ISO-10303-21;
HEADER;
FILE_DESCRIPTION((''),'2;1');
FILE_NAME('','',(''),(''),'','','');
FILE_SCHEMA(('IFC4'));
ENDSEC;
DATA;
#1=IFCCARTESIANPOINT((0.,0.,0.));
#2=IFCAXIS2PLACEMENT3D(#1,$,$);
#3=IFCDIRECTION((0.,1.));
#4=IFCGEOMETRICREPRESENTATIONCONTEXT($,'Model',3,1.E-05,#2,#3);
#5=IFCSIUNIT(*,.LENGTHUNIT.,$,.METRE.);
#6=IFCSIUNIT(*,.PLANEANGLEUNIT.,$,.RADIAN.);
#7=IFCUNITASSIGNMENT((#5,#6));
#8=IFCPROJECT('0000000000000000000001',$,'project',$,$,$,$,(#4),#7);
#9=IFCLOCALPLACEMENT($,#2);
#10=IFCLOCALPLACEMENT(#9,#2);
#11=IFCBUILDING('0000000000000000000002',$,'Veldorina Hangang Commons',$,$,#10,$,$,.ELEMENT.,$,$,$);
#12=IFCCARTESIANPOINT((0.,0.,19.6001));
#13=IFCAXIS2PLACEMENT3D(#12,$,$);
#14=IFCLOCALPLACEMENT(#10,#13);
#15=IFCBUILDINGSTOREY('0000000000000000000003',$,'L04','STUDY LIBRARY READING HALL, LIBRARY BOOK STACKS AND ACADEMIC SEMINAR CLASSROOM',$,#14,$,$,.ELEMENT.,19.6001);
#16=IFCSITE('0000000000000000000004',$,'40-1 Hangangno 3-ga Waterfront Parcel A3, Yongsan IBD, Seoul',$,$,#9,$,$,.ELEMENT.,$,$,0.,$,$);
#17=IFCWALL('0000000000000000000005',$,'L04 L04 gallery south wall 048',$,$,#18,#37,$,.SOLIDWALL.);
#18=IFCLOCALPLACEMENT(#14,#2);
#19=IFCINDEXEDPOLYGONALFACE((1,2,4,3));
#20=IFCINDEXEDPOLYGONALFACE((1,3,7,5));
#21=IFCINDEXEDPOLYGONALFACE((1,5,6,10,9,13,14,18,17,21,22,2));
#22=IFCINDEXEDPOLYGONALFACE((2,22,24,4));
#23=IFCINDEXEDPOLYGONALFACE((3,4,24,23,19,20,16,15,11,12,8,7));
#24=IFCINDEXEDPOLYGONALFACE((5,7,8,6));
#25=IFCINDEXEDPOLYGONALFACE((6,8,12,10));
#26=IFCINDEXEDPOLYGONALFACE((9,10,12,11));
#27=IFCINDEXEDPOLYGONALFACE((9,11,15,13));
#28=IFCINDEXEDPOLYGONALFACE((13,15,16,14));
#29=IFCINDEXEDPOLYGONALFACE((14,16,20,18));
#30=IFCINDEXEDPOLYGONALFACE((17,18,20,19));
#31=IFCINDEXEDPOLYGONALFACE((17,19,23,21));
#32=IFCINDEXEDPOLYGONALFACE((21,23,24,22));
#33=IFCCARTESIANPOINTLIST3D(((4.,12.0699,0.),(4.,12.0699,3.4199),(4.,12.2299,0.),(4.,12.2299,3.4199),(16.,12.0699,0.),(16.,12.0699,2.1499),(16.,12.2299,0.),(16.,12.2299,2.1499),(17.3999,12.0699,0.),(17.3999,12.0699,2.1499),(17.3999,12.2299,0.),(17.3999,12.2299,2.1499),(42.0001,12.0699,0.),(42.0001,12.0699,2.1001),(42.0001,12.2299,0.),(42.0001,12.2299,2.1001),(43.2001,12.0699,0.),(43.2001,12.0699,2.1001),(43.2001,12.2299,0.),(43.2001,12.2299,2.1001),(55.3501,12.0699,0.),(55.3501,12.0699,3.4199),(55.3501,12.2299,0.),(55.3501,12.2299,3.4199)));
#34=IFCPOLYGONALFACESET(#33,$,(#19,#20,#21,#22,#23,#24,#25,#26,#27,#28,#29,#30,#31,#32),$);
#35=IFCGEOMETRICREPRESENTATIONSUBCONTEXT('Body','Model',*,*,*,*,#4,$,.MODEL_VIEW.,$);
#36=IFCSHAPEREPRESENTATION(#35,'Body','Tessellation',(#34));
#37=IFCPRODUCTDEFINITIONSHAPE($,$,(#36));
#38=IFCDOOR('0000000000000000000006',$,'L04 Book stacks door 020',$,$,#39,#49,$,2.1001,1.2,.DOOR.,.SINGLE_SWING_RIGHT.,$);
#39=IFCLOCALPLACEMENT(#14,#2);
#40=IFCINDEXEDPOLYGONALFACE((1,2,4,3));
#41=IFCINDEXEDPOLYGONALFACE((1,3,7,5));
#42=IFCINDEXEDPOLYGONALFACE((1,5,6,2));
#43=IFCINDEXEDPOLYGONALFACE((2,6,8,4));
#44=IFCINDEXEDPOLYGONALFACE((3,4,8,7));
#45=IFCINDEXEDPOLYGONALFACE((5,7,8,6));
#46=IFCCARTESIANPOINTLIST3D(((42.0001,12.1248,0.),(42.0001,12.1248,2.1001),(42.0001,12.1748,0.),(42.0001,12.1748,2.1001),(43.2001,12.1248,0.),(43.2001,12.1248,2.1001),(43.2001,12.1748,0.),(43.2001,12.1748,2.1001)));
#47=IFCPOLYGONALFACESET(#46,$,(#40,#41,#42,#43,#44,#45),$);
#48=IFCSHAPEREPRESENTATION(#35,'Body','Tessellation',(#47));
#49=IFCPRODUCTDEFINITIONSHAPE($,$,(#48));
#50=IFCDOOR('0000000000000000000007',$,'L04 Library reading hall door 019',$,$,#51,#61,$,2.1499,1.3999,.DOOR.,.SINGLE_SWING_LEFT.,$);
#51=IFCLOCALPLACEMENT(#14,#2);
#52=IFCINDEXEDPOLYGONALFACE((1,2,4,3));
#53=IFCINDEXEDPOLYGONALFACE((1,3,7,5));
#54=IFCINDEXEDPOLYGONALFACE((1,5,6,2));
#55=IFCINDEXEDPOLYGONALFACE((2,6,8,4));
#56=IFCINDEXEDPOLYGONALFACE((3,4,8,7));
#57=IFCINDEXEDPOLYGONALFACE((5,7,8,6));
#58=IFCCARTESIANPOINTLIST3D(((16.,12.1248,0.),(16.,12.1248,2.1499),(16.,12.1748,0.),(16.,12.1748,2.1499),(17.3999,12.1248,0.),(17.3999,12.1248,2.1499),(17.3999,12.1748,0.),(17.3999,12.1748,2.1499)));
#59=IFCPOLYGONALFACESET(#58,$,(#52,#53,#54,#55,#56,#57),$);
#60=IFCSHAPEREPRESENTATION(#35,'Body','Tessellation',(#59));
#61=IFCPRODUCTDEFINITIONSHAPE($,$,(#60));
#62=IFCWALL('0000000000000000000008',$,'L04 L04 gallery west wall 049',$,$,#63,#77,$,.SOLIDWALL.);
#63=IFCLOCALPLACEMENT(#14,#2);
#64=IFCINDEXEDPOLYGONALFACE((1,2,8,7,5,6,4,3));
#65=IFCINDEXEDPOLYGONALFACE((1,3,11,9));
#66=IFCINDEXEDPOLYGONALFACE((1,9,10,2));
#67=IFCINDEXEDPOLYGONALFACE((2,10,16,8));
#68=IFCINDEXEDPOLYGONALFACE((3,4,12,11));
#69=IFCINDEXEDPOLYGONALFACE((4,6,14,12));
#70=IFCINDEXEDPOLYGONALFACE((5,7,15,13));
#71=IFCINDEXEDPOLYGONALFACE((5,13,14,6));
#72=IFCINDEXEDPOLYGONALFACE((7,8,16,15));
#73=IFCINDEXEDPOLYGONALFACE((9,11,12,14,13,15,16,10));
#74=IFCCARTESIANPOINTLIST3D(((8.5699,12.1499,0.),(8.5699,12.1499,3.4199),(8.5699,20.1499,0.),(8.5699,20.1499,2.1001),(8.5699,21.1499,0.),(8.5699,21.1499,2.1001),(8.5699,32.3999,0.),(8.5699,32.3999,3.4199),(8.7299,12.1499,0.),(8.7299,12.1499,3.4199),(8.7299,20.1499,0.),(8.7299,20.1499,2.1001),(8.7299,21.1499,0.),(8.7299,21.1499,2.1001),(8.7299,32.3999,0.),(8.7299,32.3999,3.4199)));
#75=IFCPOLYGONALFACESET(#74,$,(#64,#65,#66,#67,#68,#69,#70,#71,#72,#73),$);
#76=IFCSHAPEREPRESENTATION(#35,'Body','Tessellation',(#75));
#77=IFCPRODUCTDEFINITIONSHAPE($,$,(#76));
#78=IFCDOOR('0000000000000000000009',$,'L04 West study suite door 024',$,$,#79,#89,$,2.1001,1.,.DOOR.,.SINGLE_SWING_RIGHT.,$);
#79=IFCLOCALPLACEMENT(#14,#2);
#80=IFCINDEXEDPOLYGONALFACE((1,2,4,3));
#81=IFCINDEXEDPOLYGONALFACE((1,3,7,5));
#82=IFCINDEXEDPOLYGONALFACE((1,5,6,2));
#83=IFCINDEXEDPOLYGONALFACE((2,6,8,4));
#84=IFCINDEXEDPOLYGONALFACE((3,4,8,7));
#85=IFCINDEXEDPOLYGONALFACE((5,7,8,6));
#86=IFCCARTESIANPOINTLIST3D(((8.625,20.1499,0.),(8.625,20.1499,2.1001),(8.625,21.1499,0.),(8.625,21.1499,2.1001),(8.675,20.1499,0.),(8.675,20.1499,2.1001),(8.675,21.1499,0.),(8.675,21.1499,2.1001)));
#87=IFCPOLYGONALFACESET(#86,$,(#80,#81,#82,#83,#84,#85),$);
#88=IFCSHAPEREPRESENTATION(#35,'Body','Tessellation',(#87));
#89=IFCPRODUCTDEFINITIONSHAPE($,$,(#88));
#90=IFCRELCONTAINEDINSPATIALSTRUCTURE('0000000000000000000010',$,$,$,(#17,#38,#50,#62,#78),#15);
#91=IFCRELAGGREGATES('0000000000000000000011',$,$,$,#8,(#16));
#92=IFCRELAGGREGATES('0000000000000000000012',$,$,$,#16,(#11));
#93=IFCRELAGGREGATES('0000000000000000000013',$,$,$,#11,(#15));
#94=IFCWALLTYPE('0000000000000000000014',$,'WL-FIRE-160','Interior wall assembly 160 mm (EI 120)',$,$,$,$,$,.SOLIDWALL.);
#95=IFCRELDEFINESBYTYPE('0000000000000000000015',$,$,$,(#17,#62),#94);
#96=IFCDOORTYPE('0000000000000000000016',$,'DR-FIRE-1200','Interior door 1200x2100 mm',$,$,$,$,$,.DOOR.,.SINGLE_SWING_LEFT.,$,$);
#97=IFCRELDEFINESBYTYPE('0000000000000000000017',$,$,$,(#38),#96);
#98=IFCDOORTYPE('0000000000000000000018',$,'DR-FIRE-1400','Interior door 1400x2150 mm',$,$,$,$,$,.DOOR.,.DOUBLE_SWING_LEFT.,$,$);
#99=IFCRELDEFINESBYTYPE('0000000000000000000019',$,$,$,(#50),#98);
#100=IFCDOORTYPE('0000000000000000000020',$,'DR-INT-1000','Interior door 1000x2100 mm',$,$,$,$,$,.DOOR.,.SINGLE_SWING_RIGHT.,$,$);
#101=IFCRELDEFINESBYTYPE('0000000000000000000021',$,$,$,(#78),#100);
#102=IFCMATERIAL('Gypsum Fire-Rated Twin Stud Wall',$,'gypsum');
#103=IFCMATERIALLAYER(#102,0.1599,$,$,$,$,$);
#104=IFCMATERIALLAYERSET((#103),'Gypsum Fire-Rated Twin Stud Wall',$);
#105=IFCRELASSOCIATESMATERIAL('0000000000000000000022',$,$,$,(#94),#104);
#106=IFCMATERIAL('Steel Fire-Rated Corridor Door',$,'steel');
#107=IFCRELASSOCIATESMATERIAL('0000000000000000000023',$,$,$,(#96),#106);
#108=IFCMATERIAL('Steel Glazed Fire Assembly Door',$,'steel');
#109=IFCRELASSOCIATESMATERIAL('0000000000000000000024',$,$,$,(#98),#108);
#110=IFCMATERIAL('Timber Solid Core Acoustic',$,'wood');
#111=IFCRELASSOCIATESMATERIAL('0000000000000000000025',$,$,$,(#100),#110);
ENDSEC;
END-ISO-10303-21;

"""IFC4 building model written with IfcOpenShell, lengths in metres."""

from ifc_helpers import new_model, si_unit, direction, frame, frame_2d, origin, place, context, subcontext, project, spatial, rectangle, extrude, material, layer, layer_set, type_object, element, fill, save


model = new_model("IFC4")

# Units and contexts
model_context = context("Model", 3, precision=1e-05, world=origin(), true_north=direction((0.0, 1.0)))
body_context = subcontext(model_context, "Body", "Model", "MODEL_VIEW")
ifc_project = project(units=[si_unit("LENGTHUNIT", "METRE"), si_unit("PLANEANGLEUNIT", "RADIAN")], contexts=[model_context])

# Site, building, storey
site_placement = place(None, origin())
site = spatial("IfcSite", under=ifc_project, at=site_placement, Name="40-1 Hangangno 3-ga Waterfront Parcel A3, Yongsan IBD, Seoul", CompositionType="ELEMENT", RefElevation=0.0)
building_placement = place(site_placement, origin())
building = spatial("IfcBuilding", under=site, at=building_placement, Name="Veldorina Hangang Commons", CompositionType="ELEMENT")
storey_placement = place(building_placement, frame((0.0, 0.0, 19.6001)))
storey = spatial("IfcBuildingStorey", under=building, at=storey_placement, Name="L04", Description="STUDY LIBRARY READING HALL, LIBRARY BOOK STACKS AND ACADEMIC SEMINAR CLASSROOM", CompositionType="ELEMENT", Elevation=19.6001)

# Wall, openings, doors
ifc_material_1 = material(Name="Gypsum Fire-Rated Twin Stud Wall", Category="gypsum")
ifc_layer_1 = layer(ifc_material_1, 0.1599)
ifc_layer_set_1 = layer_set([ifc_layer_1], Name="Gypsum Fire-Rated Twin Stud Wall")
wall_type_1 = type_object("IfcWallType", Name="WL-FIRE-160", Description="Interior wall assembly 160 mm (EI 120)", PredefinedType="SOLIDWALL", material=ifc_layer_set_1)
wall_1_placement = place(storey_placement, frame((4.0, 12.1499, 0.0), z_axis=(0.0, 0.0, 1.0), x_axis=(1.0, 0.0, 0.0)))
wall_1 = element("IfcWall", 1, at=wall_1_placement, inside=storey, type_object=wall_type_1, Name="L04 L04 gallery south wall 048", PredefinedType="SOLIDWALL", context=body_context, shape_type="SweptSolid", body=[
    extrude(rectangle(XDim=51.3501, YDim=0.1599, at=frame_2d((25.675, 0.0))), origin(), (0.0, 0.0, 1.0), 3.4199),
])
opening_1_placement = place(wall_1_placement, frame((12.0, 0.0, 0.0)))
opening_1 = element("IfcOpeningElement", 2, at=opening_1_placement, cuts=wall_1, PredefinedType="OPENING", context=body_context, shape_type="SweptSolid", body=[
    extrude(rectangle(XDim=1.3999, YDim=2.1499, at=frame_2d((0.7, 1.075))), frame((0.0, 0.0898, 0.0), z_axis=(0.0, -1.0, 0.0), x_axis=(1.0, 0.0, 0.0)), (0.0, 0.0, 1.0), 0.1799),
])
opening_2_placement = place(wall_1_placement, frame((38.0, 0.0, 0.0)))
opening_2 = element("IfcOpeningElement", 3, at=opening_2_placement, cuts=wall_1, PredefinedType="OPENING", context=body_context, shape_type="SweptSolid", body=[
    extrude(rectangle(XDim=1.2, YDim=2.1001, at=frame_2d((0.6001, 1.05))), frame((0.0, 0.0898, 0.0), z_axis=(0.0, -1.0, 0.0), x_axis=(1.0, 0.0, 0.0)), (0.0, 0.0, 1.0), 0.1799),
])
ifc_material_2 = material(Name="Steel Fire-Rated Corridor Door", Category="steel")
door_type_1 = type_object("IfcDoorType", Name="DR-FIRE-1200", Description="Interior door 1200x2100 mm", OperationType="SINGLE_SWING_LEFT", PredefinedType="DOOR", material=ifc_material_2)
door_1_placement = place(opening_2_placement, origin())
door_1 = element("IfcDoor", 4, at=door_1_placement, inside=storey, type_object=door_type_1, Name="L04 Book stacks door 020", OperationType="SINGLE_SWING_RIGHT", OverallHeight=2.1001, OverallWidth=1.2, PredefinedType="DOOR", context=body_context, shape_type="SweptSolid", body=[
    extrude(rectangle(XDim=1.2, YDim=2.1001, at=frame_2d((0.6001, 1.05))), frame((0.0, 0.0249, 0.0), z_axis=(0.0, -1.0, 0.0), x_axis=(1.0, 0.0, 0.0)), (0.0, 0.0, 1.0), 0.05),
])
fill(opening_2, door_1)
ifc_material_3 = material(Name="Steel Glazed Fire Assembly Door", Category="steel")
door_type_2 = type_object("IfcDoorType", Name="DR-FIRE-1400", Description="Interior door 1400x2150 mm", OperationType="DOUBLE_SWING_LEFT", PredefinedType="DOOR", material=ifc_material_3)
door_2_placement = place(opening_1_placement, origin())
door_2 = element("IfcDoor", 5, at=door_2_placement, inside=storey, type_object=door_type_2, Name="L04 Library reading hall door 019", OperationType="SINGLE_SWING_LEFT", OverallHeight=2.1499, OverallWidth=1.3999, PredefinedType="DOOR", context=body_context, shape_type="SweptSolid", body=[
    extrude(rectangle(XDim=1.3999, YDim=2.1499, at=frame_2d((0.7, 1.075))), frame((0.0, 0.0249, 0.0), z_axis=(0.0, -1.0, 0.0), x_axis=(1.0, 0.0, 0.0)), (0.0, 0.0, 1.0), 0.05),
])
fill(opening_1, door_2)

# Wall, opening, door
wall_2_placement = place(storey_placement, frame((8.6499, 12.1499, 0.0), z_axis=(0.0, 0.0, 1.0), x_axis=(0.0, 1.0, 0.0)))
wall_2 = element("IfcWall", 6, at=wall_2_placement, inside=storey, type_object=wall_type_1, Name="L04 L04 gallery west wall 049", PredefinedType="SOLIDWALL", context=body_context, shape_type="SweptSolid", body=[
    extrude(rectangle(XDim=20.25, YDim=0.1599, at=frame_2d((10.125, 0.0))), origin(), (0.0, 0.0, 1.0), 3.4199),
])
opening_3_placement = place(wall_2_placement, frame((8.0, 0.0, 0.0)))
opening_3 = element("IfcOpeningElement", 7, at=opening_3_placement, cuts=wall_2, PredefinedType="OPENING", context=body_context, shape_type="SweptSolid", body=[
    extrude(rectangle(XDim=1.0, YDim=2.1001, at=frame_2d((0.5, 1.05))), frame((0.0, 0.0898, 0.0), z_axis=(0.0, -1.0, 0.0), x_axis=(1.0, 0.0, 0.0)), (0.0, 0.0, 1.0), 0.1799),
])
ifc_material_4 = material(Name="Timber Solid Core Acoustic", Category="wood")
door_type_3 = type_object("IfcDoorType", Name="DR-INT-1000", Description="Interior door 1000x2100 mm", OperationType="SINGLE_SWING_RIGHT", PredefinedType="DOOR", material=ifc_material_4)
door_3_placement = place(opening_3_placement, origin())
door_3 = element("IfcDoor", 8, at=door_3_placement, inside=storey, type_object=door_type_3, Name="L04 West study suite door 024", OperationType="SINGLE_SWING_RIGHT", OverallHeight=2.1001, OverallWidth=1.0, PredefinedType="DOOR", context=body_context, shape_type="SweptSolid", body=[
    extrude(rectangle(XDim=1.0, YDim=2.1001, at=frame_2d((0.5, 1.05))), frame((0.0, 0.0249, 0.0), z_axis=(0.0, -1.0, 0.0), x_axis=(1.0, 0.0, 0.0)), (0.0, 0.0, 1.0), 0.05),
])
fill(opening_3, door_3)

save(model, "model.ifc")
